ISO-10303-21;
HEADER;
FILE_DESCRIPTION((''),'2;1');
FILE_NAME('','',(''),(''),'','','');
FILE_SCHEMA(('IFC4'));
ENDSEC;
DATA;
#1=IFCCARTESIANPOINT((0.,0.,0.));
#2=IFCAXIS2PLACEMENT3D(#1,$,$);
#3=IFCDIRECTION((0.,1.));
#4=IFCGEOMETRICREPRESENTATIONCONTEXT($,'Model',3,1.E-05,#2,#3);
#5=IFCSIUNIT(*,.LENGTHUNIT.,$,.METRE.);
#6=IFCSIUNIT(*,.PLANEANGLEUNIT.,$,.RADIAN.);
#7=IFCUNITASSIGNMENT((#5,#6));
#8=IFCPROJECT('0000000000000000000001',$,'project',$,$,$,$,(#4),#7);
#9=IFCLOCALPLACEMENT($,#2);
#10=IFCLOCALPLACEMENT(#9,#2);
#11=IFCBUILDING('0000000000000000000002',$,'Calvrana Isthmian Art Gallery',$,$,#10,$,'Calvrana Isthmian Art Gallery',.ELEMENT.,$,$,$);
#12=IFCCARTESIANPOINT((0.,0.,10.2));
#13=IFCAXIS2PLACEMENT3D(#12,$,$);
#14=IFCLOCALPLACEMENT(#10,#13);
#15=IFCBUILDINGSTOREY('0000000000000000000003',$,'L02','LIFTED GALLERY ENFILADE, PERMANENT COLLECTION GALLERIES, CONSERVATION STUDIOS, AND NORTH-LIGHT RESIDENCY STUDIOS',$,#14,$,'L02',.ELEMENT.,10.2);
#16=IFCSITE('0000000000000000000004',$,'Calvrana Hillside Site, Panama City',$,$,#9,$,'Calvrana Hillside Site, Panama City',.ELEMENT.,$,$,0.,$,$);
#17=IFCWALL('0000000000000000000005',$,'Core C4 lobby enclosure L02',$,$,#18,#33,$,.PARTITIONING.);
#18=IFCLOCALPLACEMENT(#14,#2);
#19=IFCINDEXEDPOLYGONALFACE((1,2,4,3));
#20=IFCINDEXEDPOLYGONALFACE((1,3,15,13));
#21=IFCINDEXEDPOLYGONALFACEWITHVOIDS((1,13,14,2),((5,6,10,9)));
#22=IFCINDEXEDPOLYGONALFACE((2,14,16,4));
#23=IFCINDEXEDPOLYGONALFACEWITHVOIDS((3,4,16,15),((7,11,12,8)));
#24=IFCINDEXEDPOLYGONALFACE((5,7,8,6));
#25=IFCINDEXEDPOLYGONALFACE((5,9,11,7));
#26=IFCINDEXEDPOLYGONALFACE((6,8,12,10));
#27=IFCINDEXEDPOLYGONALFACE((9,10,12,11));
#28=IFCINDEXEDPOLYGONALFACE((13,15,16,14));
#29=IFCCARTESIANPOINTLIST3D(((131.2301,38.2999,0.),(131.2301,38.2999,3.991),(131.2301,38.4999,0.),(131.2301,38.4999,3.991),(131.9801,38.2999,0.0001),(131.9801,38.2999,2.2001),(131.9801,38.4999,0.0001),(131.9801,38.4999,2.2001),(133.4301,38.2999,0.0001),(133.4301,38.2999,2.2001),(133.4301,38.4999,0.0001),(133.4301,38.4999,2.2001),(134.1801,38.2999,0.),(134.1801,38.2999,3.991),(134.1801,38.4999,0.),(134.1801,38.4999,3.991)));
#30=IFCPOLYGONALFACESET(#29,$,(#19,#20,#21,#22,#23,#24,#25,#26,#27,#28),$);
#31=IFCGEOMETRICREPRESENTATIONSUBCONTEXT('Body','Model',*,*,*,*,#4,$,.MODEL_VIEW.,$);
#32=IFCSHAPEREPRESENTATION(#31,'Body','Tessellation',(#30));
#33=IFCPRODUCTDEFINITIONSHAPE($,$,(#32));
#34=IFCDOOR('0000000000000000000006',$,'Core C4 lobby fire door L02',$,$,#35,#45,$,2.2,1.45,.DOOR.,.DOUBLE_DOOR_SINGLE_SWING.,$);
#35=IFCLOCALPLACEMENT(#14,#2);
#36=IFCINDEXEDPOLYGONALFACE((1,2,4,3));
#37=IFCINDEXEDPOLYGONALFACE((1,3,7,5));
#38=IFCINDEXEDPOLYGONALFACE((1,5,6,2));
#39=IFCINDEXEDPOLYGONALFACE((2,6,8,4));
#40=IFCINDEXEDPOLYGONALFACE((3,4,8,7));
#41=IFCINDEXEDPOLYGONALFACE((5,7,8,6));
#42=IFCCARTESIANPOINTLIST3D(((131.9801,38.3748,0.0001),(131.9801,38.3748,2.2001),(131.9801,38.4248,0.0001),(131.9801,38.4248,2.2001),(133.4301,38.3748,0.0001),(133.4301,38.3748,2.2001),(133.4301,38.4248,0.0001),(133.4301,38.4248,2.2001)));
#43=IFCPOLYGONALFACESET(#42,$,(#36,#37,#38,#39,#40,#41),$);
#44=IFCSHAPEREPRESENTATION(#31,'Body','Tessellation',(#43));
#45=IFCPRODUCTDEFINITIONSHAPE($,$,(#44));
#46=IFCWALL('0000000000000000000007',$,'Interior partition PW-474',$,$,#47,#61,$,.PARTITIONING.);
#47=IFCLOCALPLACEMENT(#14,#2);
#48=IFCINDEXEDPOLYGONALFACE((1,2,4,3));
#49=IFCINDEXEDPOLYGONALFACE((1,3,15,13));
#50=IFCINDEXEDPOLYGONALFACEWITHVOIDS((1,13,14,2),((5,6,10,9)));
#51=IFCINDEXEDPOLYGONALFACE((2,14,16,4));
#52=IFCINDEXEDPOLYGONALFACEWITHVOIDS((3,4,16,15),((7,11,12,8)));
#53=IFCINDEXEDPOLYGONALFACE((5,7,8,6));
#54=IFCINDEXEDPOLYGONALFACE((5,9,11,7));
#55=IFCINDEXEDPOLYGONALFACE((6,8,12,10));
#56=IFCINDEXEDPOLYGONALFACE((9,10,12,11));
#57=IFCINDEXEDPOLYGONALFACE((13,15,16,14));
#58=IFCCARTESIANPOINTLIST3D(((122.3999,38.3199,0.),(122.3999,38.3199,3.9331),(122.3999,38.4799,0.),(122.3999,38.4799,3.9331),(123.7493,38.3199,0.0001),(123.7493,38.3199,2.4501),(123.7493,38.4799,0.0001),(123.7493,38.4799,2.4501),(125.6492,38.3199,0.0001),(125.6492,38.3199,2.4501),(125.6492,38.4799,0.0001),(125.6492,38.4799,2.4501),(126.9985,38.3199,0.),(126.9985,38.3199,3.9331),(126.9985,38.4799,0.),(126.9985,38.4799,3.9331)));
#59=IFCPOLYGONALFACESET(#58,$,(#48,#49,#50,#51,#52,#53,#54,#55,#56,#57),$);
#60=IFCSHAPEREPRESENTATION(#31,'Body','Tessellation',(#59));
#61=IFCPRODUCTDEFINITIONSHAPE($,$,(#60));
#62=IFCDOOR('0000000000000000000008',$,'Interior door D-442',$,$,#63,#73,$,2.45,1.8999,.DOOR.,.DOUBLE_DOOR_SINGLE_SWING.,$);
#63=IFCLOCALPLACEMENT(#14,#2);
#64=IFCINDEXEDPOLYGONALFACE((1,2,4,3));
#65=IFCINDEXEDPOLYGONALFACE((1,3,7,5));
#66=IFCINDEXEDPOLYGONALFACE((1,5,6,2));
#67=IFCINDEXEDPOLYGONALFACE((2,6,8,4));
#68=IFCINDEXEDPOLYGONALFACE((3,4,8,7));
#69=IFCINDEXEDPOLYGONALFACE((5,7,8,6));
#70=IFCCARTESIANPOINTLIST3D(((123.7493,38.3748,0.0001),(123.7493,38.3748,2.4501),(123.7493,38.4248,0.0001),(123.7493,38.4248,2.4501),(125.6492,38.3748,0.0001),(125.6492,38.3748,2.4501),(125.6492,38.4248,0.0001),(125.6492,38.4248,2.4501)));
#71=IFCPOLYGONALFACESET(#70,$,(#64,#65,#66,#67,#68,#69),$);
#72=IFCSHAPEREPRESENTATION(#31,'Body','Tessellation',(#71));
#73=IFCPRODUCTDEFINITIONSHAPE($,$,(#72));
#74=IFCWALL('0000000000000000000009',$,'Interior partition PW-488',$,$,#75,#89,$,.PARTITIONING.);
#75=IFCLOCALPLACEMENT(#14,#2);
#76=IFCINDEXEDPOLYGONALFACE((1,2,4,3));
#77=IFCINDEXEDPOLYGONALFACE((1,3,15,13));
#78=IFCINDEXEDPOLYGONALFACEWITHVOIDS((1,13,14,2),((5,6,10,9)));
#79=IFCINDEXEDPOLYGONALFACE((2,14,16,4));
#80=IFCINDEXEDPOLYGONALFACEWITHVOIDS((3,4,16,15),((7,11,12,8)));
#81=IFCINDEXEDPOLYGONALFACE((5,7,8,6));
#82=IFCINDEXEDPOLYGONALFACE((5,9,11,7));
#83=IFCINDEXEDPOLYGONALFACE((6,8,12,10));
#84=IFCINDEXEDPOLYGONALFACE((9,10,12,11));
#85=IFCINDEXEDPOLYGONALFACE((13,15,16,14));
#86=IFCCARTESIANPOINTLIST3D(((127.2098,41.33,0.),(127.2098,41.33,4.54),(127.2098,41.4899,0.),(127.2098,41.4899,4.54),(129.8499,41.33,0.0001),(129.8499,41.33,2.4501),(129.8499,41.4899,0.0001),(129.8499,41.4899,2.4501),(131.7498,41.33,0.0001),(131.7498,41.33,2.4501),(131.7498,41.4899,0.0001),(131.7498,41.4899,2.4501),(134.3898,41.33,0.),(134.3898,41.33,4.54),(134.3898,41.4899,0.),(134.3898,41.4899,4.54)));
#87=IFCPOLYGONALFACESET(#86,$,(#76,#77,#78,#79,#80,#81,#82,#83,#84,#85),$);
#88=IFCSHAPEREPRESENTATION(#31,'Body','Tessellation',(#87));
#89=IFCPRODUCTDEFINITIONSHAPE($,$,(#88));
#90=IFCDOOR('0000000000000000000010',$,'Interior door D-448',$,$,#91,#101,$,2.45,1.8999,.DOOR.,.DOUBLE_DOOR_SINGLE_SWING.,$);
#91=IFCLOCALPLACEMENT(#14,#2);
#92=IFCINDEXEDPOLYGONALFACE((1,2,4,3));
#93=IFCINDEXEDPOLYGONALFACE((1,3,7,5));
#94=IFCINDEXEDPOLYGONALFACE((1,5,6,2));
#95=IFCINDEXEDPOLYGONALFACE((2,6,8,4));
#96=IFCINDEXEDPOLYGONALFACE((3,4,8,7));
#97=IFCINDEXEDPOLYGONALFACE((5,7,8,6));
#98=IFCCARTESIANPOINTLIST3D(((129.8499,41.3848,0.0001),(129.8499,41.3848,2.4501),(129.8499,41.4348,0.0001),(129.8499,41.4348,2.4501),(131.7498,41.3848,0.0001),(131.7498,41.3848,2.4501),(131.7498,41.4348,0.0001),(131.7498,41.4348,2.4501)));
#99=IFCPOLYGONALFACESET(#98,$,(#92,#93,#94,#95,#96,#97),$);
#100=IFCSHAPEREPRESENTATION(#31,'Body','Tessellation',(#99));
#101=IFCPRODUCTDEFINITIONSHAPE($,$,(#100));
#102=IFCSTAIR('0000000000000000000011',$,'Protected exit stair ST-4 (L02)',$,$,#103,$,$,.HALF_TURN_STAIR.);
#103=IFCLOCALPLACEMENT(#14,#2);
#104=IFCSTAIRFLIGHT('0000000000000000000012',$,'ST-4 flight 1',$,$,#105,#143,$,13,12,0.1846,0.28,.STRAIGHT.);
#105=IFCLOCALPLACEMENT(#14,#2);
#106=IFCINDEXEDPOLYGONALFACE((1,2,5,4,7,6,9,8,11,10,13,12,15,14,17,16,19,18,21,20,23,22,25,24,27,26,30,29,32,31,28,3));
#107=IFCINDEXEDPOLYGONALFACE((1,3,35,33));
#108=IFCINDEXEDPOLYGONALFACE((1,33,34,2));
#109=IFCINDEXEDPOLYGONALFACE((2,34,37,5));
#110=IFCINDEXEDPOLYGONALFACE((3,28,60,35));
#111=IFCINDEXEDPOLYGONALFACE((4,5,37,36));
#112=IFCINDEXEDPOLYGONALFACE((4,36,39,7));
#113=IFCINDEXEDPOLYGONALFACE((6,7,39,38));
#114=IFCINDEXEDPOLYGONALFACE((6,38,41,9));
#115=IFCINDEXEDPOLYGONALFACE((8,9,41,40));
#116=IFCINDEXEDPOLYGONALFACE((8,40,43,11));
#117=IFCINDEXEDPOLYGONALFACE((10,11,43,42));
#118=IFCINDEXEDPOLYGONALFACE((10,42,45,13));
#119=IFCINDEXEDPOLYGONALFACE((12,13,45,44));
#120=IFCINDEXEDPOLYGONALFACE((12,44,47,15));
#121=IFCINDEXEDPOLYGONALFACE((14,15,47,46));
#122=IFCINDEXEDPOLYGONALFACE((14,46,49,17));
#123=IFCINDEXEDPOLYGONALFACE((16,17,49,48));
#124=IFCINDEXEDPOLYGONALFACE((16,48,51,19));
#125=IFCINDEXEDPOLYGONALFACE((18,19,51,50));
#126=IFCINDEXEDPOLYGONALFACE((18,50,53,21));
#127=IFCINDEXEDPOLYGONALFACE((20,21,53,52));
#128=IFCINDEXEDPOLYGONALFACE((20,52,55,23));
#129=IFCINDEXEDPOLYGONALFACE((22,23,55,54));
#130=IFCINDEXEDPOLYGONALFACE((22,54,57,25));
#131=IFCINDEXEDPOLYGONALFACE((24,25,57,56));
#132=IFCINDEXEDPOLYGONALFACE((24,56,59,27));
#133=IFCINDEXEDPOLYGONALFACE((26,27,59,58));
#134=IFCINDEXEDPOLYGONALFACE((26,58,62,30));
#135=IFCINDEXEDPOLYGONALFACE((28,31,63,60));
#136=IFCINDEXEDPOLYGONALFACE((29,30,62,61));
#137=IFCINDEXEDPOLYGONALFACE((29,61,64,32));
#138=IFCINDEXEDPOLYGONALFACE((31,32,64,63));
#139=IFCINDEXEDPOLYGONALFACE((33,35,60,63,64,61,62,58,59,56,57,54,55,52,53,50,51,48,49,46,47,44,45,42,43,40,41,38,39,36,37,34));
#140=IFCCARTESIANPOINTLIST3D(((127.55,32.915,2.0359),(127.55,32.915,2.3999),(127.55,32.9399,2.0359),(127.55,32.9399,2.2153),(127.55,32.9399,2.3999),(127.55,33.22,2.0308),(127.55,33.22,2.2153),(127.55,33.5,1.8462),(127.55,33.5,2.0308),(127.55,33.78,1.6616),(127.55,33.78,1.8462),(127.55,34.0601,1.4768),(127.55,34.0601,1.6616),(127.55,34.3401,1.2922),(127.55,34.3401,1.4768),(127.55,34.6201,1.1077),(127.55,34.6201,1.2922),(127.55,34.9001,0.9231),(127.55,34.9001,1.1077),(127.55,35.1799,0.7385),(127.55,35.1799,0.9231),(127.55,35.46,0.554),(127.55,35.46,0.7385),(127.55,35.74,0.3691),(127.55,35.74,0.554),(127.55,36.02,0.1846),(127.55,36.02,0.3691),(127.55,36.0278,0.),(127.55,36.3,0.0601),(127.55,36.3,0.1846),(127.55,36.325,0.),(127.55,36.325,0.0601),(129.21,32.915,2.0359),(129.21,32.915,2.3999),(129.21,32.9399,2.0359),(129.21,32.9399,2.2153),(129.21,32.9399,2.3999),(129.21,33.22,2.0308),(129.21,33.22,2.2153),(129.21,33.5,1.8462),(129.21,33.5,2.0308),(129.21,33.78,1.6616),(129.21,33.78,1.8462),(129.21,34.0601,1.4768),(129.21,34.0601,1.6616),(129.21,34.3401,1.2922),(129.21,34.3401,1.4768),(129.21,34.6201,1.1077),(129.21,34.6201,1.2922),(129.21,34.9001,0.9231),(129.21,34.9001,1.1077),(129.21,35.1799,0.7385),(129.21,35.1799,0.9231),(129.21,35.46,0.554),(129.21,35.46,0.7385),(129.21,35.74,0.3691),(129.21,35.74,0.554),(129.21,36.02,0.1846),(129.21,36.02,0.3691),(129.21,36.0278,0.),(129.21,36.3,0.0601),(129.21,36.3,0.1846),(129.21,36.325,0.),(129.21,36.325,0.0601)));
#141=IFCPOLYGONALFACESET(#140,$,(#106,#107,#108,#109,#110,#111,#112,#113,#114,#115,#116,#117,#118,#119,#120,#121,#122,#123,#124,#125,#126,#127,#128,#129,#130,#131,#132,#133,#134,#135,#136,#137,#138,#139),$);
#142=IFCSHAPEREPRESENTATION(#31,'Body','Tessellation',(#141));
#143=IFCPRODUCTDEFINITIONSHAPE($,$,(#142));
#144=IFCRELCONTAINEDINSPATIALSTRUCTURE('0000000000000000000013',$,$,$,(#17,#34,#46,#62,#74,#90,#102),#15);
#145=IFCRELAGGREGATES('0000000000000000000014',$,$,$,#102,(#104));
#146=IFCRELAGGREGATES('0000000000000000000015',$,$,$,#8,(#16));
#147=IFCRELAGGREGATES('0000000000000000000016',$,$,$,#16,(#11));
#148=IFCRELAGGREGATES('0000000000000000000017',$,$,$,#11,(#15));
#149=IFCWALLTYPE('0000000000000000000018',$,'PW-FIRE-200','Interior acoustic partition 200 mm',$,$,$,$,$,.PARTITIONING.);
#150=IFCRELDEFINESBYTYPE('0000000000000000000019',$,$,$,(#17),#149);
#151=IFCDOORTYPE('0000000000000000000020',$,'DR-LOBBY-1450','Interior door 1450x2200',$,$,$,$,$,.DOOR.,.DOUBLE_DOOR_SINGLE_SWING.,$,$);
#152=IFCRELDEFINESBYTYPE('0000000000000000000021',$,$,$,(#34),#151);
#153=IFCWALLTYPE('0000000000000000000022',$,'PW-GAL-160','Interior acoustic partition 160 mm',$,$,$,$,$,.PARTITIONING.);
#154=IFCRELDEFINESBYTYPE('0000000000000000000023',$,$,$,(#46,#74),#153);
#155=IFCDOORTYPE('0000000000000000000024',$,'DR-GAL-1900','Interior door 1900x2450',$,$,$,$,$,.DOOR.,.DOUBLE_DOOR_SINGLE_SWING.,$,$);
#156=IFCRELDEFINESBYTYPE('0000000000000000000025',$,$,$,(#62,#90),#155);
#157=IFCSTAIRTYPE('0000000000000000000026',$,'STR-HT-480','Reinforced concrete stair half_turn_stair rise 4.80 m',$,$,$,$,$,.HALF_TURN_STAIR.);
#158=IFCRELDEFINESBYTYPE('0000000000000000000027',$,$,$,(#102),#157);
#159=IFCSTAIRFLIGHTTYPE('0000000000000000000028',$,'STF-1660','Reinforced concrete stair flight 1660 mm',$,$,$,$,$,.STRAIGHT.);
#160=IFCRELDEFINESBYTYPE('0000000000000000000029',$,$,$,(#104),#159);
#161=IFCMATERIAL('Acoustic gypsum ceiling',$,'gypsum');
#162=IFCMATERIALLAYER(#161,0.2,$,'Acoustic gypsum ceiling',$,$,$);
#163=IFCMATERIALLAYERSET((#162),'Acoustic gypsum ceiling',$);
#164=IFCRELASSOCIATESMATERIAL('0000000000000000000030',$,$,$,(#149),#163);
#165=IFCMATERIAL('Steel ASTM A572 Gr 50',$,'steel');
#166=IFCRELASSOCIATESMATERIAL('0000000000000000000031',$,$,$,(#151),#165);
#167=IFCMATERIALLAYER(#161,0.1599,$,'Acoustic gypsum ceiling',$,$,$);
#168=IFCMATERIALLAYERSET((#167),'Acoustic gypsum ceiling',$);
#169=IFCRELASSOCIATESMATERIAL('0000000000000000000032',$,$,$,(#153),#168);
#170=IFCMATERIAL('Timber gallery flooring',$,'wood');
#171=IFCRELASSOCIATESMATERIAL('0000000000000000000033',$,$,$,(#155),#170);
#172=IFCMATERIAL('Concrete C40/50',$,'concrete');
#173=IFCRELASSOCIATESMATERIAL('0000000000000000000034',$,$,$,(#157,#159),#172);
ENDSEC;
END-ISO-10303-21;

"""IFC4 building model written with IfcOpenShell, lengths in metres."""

from ifc_helpers import new_model, si_unit, direction, frame, frame_2d, origin, place, context, subcontext, project, spatial, polyline, rectangle, outline, extrude, material, layer, layer_set, type_object, element, fill, aggregate, save


model = new_model("IFC4")

# Units and contexts
model_context = context("Model", 3, precision=1e-05, world=origin(), true_north=direction((0.0, 1.0)))
body_context = subcontext(model_context, "Body", "Model", "MODEL_VIEW")
ifc_project = project(units=[si_unit("LENGTHUNIT", "METRE"), si_unit("PLANEANGLEUNIT", "RADIAN")], contexts=[model_context])

# Site, building, storey
site_placement = place(None, origin())
site = spatial("IfcSite", under=ifc_project, at=site_placement, Name="Calvrana Hillside Site, Panama City", LongName="Calvrana Hillside Site, Panama City", CompositionType="ELEMENT", RefElevation=0.0)
building_placement = place(site_placement, origin())
building = spatial("IfcBuilding", under=site, at=building_placement, Name="Calvrana Isthmian Art Gallery", LongName="Calvrana Isthmian Art Gallery", CompositionType="ELEMENT")
storey_placement = place(building_placement, frame((0.0, 0.0, 10.2)))
storey = spatial("IfcBuildingStorey", under=building, at=storey_placement, Name="L02", Description="LIFTED GALLERY ENFILADE, PERMANENT COLLECTION GALLERIES, CONSERVATION STUDIOS, AND NORTH-LIGHT RESIDENCY STUDIOS", LongName="L02", CompositionType="ELEMENT", Elevation=10.2)

# Shared definitions
ifc_material_1 = material(Name="Concrete C40/50", Category="concrete")

# Shared definitions
ifc_material_2 = material(Name="Steel ASTM A572 Gr 50", Category="steel")

# Walls, openings, doors
ifc_material_3 = material(Name="Acoustic gypsum ceiling", Category="gypsum")
ifc_layer_1 = layer(ifc_material_3, 0.2, Name="Acoustic gypsum ceiling")
ifc_layer_set_1 = layer_set([ifc_layer_1], Name="Acoustic gypsum ceiling")
wall_type_1 = type_object("IfcWallType", Name="PW-FIRE-200", Description="Interior acoustic partition 200 mm", PredefinedType="PARTITIONING", material=ifc_layer_set_1)
wall_1_placement = place(storey_placement, frame((131.23, 38.3999, 0.0), z_axis=(0.0, 0.0, 1.0), x_axis=(1.0, 0.0, 0.0)))
wall_1 = element("IfcWall", 1, at=wall_1_placement, inside=storey, type_object=wall_type_1, Name="Core C4 lobby enclosure L02", PredefinedType="PARTITIONING", context=body_context, shape_type="SweptSolid", body=[
    extrude(rectangle(XDim=2.95, YDim=0.2, at=frame_2d((1.4751, 0.0))), origin(), (0.0, 0.0, 1.0), 3.991),
])
opening_1_placement = place(wall_1_placement, frame((0.75, 0.0, 0.0)))
opening_1 = element("IfcOpeningElement", 2, at=opening_1_placement, cuts=wall_1, PredefinedType="OPENING", context=body_context, shape_type="SweptSolid", body=[
    extrude(rectangle(XDim=1.45, YDim=2.2, at=frame_2d((0.7251, 1.1001))), frame((0.0, 0.1104, 0.0), z_axis=(0.0, -1.0, 0.0), x_axis=(1.0, 0.0, 0.0)), (0.0, 0.0, 1.0), 0.2205),
])
door_type_1 = type_object("IfcDoorType", Name="DR-LOBBY-1450", Description="Interior door 1450x2200", OperationType="DOUBLE_DOOR_SINGLE_SWING", PredefinedType="DOOR", material=ifc_material_2)
door_1_placement = place(opening_1_placement, origin())
door_1 = element("IfcDoor", 3, at=door_1_placement, inside=storey, type_object=door_type_1, Name="Core C4 lobby fire door L02", OperationType="DOUBLE_DOOR_SINGLE_SWING", OverallHeight=2.2, OverallWidth=1.45, PredefinedType="DOOR", context=body_context, shape_type="SweptSolid", body=[
    extrude(rectangle(XDim=1.45, YDim=2.2, at=frame_2d((0.7251, 1.1001))), frame((0.0, 0.0249, 0.0), z_axis=(0.0, -1.0, 0.0), x_axis=(1.0, 0.0, 0.0)), (0.0, 0.0, 1.0), 0.05),
])
fill(opening_1, door_1)
ifc_layer_2 = layer(ifc_material_3, 0.1599, Name="Acoustic gypsum ceiling")
ifc_layer_set_2 = layer_set([ifc_layer_2], Name="Acoustic gypsum ceiling")
wall_type_2 = type_object("IfcWallType", Name="PW-GAL-160", Description="Interior acoustic partition 160 mm", PredefinedType="PARTITIONING", material=ifc_layer_set_2)
wall_2_placement = place(storey_placement, frame((122.3999, 38.3999, 0.0), z_axis=(0.0, 0.0, 1.0), x_axis=(1.0, 0.0, 0.0)))
wall_2 = element("IfcWall", 4, at=wall_2_placement, inside=storey, type_object=wall_type_2, Name="Interior partition PW-474", PredefinedType="PARTITIONING", context=body_context, shape_type="SweptSolid", body=[
    extrude(rectangle(XDim=4.5986, YDim=0.1599, at=frame_2d((2.2993, 0.0))), origin(), (0.0, 0.0, 1.0), 3.9331),
])
opening_2_placement = place(wall_2_placement, frame((1.3494, 0.0, 0.0)))
opening_2 = element("IfcOpeningElement", 5, at=opening_2_placement, cuts=wall_2, PredefinedType="OPENING", context=body_context, shape_type="SweptSolid", body=[
    extrude(rectangle(XDim=1.8999, YDim=2.45, at=frame_2d((0.95, 1.2251))), frame((0.0, 0.0903, 0.0), z_axis=(0.0, -1.0, 0.0), x_axis=(1.0, 0.0, 0.0)), (0.0, 0.0, 1.0), 0.1804),
])
ifc_material_4 = material(Name="Timber gallery flooring", Category="wood")
door_type_2 = type_object("IfcDoorType", Name="DR-GAL-1900", Description="Interior door 1900x2450", OperationType="DOUBLE_DOOR_SINGLE_SWING", PredefinedType="DOOR", material=ifc_material_4)
door_2_placement = place(opening_2_placement, origin())
door_2 = element("IfcDoor", 6, at=door_2_placement, inside=storey, type_object=door_type_2, Name="Interior door D-442", OperationType="DOUBLE_DOOR_SINGLE_SWING", OverallHeight=2.45, OverallWidth=1.8999, PredefinedType="DOOR", context=body_context, shape_type="SweptSolid", body=[
    extrude(rectangle(XDim=1.8999, YDim=2.45, at=frame_2d((0.95, 1.2251))), frame((0.0, 0.0249, 0.0), z_axis=(0.0, -1.0, 0.0), x_axis=(1.0, 0.0, 0.0)), (0.0, 0.0, 1.0), 0.05),
])
fill(opening_2, door_2)
wall_3_placement = place(storey_placement, frame((127.21, 41.4099, 0.0), z_axis=(0.0, 0.0, 1.0), x_axis=(1.0, 0.0, 0.0)))
wall_3 = element("IfcWall", 7, at=wall_3_placement, inside=storey, type_object=wall_type_2, Name="Interior partition PW-488", PredefinedType="PARTITIONING", context=body_context, shape_type="SweptSolid", body=[
    extrude(rectangle(XDim=7.1799, YDim=0.1599, at=frame_2d((3.5898, 0.0))), origin(), (0.0, 0.0, 1.0), 4.54),
])
opening_3_placement = place(wall_3_placement, frame((2.6399, 0.0, 0.0)))
opening_3 = element("IfcOpeningElement", 8, at=opening_3_placement, cuts=wall_3, PredefinedType="OPENING", context=body_context, shape_type="SweptSolid", body=[
    extrude(rectangle(XDim=1.8999, YDim=2.45, at=frame_2d((0.95, 1.2251))), frame((0.0, 0.0903, 0.0), z_axis=(0.0, -1.0, 0.0), x_axis=(1.0, 0.0, 0.0)), (0.0, 0.0, 1.0), 0.1804),
])
door_3_placement = place(opening_3_placement, origin())
door_3 = element("IfcDoor", 9, at=door_3_placement, inside=storey, type_object=door_type_2, Name="Interior door D-448", OperationType="DOUBLE_DOOR_SINGLE_SWING", OverallHeight=2.45, OverallWidth=1.8999, PredefinedType="DOOR", context=body_context, shape_type="SweptSolid", body=[
    extrude(rectangle(XDim=1.8999, YDim=2.45, at=frame_2d((0.95, 1.2251))), frame((0.0, 0.0249, 0.0), z_axis=(0.0, -1.0, 0.0), x_axis=(1.0, 0.0, 0.0)), (0.0, 0.0, 1.0), 0.05),
])
fill(opening_3, door_3)

# Stair, stair flight
stair_type = type_object("IfcStairType", Name="STR-HT-480", Description="Reinforced concrete stair half_turn_stair rise 4.80 m", PredefinedType="HALF_TURN_STAIR", material=ifc_material_1)
stair_placement = place(storey_placement, origin())
stair = element("IfcStair", 10, at=stair_placement, inside=storey, type_object=stair_type, Name="Protected exit stair ST-4 (L02)", PredefinedType="HALF_TURN_STAIR")
stair_flight_type = type_object("IfcStairFlightType", Name="STF-1660", Description="Reinforced concrete stair flight 1660 mm", PredefinedType="STRAIGHT", material=ifc_material_1)
stair_flight_1_placement = place(storey_placement, frame((128.3799, 36.3, 0.0), z_axis=(0.0, 0.0, 1.0), x_axis=(0.0, -1.0, 0.0)))
stair_flight_1 = element("IfcStairFlight", 11, at=stair_flight_1_placement, type_object=stair_flight_type, Name="ST-4 flight 1", NumberOfRisers=13, NumberOfTreads=12, PredefinedType="STRAIGHT", RiserHeight=0.1846, TreadLength=0.28, context=body_context, shape_type="SweptSolid", body=[
    extrude(outline(polyline([(-0.0249, 0.0), (-0.0249, 0.0601), (0.0, 0.0601), (0.0, 0.1846), (0.28, 0.1846), (0.28, 0.3691), (0.5601, 0.3691), (0.5601, 0.554), (0.8401, 0.554), (0.8401, 0.7385), (1.1201, 0.7385), (1.1201, 0.9231), (1.3999, 0.9231), (1.3999, 1.1077), (1.6799, 1.1077), (1.6799, 1.2922), (1.96, 1.2922), (1.96, 1.4768), (2.24, 1.4768), (2.24, 1.6616), (2.52, 1.6616), (2.52, 1.8462), (2.8, 1.8462), (2.8, 2.0308), (3.0801, 2.0308), (3.0801, 2.2153), (3.3601, 2.2153), (3.3601, 2.3999), (3.385, 2.3999), (3.385, 2.0359), (3.3601, 2.0359), (0.2722, 0.0), (-0.0249, 0.0)])), frame((0.0, 0.8301, 0.0), z_axis=(0.0, -1.0, 0.0), x_axis=(1.0, 0.0, 0.0)), (0.0, 0.0, 1.0), 1.6599),
])
aggregate(stair, [stair_flight_1])

save(model, "model.ifc")
